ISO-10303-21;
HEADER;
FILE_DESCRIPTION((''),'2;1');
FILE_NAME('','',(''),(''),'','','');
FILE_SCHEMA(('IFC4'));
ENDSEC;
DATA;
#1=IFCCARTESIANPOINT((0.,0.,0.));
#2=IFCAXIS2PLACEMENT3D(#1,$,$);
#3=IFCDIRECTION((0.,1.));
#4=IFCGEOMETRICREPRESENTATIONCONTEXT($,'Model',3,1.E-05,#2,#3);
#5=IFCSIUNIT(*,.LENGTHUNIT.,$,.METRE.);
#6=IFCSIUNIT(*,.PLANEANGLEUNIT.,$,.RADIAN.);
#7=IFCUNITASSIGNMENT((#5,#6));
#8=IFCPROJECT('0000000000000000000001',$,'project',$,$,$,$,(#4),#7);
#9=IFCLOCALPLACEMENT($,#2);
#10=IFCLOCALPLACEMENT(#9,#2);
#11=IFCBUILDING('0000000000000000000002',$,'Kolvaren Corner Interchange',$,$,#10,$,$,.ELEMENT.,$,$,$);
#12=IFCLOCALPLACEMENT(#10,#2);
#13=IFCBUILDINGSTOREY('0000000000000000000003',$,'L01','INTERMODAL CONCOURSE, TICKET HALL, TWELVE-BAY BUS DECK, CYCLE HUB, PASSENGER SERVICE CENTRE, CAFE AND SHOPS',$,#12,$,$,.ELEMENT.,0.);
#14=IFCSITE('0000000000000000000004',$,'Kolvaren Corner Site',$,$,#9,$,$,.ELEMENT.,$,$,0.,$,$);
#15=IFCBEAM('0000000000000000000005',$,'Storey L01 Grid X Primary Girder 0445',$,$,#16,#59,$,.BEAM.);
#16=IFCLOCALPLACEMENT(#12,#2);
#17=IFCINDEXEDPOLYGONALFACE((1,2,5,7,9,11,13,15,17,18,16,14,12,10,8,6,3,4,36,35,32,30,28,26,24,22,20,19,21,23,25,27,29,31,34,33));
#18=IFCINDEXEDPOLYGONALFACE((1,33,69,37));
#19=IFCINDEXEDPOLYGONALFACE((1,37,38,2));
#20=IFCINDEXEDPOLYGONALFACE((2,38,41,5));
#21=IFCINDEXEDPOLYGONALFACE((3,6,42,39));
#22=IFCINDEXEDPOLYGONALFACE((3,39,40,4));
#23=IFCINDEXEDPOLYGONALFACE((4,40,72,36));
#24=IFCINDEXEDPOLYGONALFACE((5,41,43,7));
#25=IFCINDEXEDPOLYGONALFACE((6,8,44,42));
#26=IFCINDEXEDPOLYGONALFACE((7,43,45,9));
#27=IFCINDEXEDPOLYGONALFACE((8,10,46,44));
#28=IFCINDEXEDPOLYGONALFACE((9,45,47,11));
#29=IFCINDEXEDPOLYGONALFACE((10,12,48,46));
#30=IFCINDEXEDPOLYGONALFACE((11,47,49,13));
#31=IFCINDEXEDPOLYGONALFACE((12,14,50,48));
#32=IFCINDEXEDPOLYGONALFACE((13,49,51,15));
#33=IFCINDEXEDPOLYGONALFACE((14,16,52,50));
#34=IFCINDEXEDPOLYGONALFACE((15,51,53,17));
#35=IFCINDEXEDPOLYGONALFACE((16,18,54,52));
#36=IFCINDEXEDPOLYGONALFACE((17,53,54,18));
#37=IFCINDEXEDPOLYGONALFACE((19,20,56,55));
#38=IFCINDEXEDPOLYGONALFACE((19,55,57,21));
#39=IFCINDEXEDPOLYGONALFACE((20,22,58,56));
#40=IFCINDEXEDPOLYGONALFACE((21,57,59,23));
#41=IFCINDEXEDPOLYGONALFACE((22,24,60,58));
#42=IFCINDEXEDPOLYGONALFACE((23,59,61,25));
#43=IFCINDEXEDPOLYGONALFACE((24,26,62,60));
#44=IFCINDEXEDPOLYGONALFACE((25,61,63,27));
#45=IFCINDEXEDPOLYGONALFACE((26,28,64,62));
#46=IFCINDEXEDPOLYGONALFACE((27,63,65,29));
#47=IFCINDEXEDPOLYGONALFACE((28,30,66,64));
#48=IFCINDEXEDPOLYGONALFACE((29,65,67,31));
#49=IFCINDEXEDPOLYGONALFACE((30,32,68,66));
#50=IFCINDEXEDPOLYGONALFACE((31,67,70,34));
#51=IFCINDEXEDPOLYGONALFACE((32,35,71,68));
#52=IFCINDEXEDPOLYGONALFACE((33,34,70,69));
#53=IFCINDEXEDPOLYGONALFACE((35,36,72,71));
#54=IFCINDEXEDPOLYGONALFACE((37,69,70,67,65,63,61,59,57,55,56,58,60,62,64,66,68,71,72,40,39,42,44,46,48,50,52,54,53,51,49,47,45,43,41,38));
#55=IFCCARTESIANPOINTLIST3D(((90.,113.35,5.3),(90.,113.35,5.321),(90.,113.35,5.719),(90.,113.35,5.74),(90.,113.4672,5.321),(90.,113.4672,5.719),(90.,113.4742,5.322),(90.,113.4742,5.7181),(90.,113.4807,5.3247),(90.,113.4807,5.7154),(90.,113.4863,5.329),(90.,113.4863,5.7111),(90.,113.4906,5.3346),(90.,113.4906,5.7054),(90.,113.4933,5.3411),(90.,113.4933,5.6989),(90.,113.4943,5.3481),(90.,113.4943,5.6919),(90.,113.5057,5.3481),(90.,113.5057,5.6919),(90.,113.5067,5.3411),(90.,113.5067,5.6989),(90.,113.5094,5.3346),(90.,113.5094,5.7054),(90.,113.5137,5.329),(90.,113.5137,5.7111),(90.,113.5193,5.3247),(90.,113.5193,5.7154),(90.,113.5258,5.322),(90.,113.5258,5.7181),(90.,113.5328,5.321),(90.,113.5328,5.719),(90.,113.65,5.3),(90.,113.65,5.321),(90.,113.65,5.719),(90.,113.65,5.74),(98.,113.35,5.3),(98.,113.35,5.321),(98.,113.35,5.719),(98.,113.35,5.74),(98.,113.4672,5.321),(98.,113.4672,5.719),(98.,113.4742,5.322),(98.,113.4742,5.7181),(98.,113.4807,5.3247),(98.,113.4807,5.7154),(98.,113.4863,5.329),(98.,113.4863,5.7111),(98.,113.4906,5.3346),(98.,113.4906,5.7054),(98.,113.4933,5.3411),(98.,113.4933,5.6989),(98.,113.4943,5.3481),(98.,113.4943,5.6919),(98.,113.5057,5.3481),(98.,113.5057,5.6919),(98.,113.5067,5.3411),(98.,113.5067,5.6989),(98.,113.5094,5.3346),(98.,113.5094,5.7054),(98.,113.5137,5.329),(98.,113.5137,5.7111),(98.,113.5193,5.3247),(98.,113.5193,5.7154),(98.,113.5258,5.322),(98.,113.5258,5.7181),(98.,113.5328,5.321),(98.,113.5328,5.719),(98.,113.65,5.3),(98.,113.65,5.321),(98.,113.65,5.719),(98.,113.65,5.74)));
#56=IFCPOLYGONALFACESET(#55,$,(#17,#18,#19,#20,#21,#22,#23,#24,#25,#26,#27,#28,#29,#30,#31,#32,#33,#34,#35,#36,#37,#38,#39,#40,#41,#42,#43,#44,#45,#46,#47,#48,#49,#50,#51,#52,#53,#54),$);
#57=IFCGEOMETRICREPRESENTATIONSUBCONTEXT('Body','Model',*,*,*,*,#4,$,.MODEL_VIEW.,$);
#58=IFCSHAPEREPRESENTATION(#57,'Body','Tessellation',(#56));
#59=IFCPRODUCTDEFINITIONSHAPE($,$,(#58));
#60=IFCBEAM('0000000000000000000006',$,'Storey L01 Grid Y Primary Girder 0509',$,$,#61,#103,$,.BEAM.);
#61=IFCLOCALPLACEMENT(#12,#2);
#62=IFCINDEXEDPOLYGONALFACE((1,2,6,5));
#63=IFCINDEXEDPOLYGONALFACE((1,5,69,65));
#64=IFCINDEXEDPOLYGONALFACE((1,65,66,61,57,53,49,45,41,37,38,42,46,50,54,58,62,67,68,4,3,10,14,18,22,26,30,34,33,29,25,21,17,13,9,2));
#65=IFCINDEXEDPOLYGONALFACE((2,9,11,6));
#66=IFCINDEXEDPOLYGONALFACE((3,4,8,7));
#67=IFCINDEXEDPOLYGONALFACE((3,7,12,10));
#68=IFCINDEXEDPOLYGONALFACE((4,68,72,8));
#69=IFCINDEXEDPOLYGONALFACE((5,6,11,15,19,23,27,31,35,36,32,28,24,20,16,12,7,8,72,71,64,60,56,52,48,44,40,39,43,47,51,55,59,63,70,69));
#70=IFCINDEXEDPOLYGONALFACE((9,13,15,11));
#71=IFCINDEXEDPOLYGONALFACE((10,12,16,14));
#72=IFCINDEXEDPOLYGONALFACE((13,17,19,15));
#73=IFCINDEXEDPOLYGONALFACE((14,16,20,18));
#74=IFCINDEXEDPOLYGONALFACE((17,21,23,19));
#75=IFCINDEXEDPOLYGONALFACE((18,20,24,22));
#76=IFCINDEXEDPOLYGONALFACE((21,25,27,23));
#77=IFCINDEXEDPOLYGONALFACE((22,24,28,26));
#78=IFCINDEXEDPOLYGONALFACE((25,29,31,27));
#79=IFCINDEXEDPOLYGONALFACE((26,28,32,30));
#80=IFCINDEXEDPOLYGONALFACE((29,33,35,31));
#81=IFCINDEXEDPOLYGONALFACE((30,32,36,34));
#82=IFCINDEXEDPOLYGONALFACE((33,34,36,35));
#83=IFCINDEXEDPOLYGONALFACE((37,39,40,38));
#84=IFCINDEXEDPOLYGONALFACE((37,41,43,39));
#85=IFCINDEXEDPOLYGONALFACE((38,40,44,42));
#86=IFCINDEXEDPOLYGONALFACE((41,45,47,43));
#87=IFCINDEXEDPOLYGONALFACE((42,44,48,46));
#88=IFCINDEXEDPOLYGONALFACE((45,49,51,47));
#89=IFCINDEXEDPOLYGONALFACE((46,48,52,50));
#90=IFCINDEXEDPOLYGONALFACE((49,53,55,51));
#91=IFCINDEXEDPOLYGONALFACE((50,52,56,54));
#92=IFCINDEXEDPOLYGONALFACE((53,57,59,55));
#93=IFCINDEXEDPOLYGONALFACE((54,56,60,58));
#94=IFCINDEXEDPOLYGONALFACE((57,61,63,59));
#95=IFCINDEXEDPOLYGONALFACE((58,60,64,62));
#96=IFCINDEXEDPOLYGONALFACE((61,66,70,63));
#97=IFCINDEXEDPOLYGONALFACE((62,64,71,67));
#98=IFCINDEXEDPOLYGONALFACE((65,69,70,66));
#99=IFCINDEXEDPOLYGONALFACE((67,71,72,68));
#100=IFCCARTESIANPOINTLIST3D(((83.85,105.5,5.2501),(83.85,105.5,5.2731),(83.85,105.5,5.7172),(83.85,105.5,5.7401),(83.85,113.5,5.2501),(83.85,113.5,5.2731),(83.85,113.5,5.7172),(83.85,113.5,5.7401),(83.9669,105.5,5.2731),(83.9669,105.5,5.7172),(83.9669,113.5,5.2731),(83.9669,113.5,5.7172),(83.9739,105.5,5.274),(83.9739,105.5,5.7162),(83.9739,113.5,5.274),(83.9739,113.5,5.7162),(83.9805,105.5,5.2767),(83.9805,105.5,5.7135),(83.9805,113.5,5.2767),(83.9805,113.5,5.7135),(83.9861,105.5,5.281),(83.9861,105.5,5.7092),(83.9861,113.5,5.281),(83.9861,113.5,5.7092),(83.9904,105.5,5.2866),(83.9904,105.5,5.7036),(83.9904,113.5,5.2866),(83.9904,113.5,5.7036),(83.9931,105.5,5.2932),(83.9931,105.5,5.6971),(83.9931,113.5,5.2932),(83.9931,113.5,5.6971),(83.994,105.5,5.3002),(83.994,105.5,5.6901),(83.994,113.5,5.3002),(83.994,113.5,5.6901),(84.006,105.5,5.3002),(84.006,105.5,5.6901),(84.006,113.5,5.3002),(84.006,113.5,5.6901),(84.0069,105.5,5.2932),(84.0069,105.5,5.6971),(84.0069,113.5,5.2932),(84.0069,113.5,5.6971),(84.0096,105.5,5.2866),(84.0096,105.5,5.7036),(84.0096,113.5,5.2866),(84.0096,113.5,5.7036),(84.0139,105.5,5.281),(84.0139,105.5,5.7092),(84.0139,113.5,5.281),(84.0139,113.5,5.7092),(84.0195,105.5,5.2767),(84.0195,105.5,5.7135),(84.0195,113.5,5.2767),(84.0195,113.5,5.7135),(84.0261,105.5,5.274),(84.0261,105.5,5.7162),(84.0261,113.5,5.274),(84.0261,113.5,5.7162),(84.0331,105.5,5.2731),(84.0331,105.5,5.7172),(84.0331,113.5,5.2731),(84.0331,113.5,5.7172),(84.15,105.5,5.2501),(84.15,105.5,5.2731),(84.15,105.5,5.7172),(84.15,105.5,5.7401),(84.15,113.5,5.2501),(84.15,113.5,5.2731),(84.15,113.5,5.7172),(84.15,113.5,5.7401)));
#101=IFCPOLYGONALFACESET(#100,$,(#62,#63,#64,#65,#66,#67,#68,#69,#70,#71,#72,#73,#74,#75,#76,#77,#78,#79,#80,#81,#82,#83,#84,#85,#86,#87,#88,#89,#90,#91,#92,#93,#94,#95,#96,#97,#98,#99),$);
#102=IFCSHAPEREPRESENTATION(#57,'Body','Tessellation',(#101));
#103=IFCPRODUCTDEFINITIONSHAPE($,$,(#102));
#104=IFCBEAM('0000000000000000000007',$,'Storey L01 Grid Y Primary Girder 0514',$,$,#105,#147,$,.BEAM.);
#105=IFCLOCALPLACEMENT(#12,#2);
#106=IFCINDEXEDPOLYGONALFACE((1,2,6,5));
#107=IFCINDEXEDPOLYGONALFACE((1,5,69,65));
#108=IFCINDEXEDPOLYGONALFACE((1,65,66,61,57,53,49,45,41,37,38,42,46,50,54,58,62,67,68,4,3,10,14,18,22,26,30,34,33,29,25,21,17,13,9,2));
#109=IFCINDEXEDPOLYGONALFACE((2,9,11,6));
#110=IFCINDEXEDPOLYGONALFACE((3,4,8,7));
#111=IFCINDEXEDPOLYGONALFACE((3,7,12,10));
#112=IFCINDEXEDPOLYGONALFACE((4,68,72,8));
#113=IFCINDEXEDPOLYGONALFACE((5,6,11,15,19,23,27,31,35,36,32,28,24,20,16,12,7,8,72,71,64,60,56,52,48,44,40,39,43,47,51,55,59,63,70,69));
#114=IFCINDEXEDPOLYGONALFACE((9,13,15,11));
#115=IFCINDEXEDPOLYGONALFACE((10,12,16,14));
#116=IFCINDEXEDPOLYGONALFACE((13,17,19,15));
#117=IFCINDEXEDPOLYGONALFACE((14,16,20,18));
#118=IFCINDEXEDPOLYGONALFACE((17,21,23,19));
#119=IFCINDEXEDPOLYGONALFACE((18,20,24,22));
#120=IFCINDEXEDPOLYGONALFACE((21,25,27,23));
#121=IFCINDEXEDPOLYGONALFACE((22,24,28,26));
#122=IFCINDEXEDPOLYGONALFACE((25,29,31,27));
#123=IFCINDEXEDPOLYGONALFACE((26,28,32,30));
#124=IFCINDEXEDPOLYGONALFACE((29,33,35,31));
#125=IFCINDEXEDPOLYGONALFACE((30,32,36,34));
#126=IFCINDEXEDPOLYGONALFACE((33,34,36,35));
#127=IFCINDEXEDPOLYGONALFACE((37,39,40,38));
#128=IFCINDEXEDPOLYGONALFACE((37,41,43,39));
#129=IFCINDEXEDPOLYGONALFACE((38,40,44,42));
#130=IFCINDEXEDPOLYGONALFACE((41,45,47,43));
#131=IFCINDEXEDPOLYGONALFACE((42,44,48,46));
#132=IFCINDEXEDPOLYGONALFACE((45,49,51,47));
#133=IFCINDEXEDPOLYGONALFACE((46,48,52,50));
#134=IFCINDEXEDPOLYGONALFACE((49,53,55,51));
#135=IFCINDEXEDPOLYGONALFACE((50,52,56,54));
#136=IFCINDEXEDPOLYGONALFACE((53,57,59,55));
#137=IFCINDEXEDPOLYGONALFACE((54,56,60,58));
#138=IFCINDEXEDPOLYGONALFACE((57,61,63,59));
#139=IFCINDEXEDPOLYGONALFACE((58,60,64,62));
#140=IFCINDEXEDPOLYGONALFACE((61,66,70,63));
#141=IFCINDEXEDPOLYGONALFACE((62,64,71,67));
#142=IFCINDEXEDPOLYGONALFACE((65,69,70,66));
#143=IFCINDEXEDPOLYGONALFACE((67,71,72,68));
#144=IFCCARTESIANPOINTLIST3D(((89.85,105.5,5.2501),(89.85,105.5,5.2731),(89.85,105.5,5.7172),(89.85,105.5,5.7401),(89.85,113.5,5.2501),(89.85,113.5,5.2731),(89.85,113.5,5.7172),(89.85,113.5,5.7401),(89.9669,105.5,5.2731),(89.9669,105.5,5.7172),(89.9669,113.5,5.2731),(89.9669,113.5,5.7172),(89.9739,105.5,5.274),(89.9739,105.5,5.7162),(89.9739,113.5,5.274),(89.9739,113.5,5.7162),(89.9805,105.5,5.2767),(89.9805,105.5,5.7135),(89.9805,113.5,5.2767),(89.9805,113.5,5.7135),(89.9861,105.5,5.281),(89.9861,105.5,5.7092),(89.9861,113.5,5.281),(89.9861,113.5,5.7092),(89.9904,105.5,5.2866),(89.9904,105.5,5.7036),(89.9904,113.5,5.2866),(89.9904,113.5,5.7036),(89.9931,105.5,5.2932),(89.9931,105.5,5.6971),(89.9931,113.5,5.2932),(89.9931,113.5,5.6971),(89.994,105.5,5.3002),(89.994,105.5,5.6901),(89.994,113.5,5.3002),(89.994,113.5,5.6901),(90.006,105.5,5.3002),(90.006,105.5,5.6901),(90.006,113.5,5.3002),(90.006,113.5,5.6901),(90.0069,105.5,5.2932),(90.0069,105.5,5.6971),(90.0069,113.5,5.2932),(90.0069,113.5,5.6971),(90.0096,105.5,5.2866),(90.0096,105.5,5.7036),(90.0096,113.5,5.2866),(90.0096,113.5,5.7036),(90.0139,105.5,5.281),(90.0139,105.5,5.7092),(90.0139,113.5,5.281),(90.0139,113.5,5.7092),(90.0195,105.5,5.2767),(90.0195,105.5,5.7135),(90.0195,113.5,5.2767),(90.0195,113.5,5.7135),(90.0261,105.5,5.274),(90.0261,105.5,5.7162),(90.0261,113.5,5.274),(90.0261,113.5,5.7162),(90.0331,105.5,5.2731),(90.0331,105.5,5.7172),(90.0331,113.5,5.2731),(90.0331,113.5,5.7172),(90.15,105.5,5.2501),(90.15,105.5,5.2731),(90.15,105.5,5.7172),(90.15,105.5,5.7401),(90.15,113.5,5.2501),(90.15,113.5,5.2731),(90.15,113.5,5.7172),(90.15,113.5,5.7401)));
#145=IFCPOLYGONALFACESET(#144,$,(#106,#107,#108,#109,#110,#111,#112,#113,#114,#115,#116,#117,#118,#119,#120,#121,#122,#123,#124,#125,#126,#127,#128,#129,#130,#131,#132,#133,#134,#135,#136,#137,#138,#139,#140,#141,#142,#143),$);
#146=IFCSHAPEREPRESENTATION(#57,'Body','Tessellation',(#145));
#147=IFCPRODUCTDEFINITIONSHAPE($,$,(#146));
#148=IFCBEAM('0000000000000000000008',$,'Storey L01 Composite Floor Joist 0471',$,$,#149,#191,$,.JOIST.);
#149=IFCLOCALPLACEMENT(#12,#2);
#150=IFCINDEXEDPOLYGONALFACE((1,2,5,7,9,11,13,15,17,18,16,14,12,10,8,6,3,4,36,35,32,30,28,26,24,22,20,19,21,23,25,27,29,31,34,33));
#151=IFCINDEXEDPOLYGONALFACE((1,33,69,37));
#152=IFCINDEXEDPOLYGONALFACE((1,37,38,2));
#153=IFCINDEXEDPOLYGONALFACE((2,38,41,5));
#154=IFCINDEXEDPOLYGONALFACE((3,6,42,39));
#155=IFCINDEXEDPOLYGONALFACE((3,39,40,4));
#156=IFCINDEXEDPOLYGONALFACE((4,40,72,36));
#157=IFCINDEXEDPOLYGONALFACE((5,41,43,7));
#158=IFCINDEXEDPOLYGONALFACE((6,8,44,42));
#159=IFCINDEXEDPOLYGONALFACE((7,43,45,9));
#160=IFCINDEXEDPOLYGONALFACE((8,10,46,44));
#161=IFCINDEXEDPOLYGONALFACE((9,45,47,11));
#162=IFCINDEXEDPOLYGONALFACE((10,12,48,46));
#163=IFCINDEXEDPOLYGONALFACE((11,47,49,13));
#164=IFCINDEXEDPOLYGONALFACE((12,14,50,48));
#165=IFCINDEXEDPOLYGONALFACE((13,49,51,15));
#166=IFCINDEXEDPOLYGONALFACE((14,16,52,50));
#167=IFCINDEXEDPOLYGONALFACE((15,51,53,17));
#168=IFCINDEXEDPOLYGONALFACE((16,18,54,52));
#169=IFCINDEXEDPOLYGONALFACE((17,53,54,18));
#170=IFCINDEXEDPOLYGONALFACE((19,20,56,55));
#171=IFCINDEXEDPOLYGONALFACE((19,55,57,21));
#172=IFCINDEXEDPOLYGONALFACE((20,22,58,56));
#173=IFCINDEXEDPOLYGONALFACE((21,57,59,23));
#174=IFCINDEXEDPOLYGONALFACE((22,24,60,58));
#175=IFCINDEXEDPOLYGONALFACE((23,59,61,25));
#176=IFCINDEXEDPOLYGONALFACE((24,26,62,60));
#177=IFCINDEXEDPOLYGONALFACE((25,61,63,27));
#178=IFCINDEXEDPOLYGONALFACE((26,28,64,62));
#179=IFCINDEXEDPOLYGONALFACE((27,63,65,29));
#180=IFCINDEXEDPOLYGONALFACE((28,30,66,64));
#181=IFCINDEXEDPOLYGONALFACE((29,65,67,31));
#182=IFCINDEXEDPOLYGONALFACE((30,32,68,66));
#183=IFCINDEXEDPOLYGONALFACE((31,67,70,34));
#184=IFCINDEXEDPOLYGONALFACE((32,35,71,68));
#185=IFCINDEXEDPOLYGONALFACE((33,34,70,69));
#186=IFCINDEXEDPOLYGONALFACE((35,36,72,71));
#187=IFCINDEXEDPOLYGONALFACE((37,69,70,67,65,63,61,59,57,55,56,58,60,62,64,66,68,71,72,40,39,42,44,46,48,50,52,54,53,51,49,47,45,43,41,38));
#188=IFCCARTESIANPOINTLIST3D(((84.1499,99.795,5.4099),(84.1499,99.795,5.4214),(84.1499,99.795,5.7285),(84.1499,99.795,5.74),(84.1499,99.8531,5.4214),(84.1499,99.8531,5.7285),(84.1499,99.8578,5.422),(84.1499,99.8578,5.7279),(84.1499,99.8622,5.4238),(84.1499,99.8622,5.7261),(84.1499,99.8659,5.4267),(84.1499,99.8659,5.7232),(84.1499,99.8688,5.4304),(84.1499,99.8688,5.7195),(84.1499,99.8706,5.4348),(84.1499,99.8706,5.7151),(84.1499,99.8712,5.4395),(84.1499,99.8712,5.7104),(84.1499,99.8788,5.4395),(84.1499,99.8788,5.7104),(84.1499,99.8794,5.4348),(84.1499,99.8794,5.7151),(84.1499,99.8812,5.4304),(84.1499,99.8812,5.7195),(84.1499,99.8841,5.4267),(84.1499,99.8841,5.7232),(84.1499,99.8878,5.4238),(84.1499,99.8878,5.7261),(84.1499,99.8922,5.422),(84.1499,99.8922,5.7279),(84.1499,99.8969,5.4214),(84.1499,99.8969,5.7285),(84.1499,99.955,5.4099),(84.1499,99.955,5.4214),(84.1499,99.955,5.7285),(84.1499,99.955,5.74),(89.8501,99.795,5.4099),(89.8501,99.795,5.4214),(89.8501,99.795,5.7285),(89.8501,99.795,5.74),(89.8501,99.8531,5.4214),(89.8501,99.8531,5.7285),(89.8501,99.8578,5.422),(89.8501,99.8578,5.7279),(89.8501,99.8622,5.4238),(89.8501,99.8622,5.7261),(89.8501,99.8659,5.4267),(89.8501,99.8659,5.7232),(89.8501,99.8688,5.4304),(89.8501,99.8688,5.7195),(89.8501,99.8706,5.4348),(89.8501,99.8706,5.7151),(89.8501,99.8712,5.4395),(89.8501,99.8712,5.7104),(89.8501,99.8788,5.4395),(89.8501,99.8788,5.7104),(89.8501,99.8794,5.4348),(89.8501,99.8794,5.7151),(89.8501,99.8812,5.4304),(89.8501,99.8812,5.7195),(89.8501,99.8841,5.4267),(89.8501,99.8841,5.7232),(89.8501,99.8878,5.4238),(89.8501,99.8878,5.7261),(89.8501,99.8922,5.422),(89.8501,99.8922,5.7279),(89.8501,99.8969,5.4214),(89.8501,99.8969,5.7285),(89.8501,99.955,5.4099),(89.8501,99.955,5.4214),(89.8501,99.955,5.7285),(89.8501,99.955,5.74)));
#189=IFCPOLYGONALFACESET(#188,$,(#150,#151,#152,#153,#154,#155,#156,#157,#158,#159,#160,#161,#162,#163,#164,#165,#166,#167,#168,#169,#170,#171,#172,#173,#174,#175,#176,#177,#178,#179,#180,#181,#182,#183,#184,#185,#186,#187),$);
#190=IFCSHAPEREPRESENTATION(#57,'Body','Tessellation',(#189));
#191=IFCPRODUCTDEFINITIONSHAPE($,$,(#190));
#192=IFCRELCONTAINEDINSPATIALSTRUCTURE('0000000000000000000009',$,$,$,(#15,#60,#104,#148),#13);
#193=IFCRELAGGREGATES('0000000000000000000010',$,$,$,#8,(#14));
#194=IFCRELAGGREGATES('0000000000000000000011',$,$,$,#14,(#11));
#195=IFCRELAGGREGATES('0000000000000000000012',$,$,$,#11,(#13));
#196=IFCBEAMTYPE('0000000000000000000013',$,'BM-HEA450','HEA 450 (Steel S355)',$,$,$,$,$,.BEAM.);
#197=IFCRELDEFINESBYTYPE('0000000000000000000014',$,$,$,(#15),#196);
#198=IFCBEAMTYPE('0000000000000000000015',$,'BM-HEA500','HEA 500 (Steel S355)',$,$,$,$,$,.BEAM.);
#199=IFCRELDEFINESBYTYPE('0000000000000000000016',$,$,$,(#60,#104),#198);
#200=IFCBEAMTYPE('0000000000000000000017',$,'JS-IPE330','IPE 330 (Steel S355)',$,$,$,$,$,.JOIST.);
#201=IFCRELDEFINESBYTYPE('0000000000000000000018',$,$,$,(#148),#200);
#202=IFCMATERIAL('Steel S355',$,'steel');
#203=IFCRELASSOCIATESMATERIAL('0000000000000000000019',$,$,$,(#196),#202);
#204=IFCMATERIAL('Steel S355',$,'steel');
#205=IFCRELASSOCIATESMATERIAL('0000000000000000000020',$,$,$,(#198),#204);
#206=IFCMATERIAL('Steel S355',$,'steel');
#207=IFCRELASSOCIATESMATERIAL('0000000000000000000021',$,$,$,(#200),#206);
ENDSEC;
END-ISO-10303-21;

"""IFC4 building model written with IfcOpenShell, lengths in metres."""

from ifc_helpers import new_model, si_unit, direction, frame, origin, origin_2d, place, context, subcontext, project, spatial, i_section, extrude, material, material_profile, profile_set, type_object, element, save


model = new_model("IFC4")

# Units and contexts
model_context = context("Model", 3, precision=1e-05, world=origin(), true_north=direction((0.0, 1.0)))
body_context = subcontext(model_context, "Body", "Model", "MODEL_VIEW")
ifc_project = project(units=[si_unit("LENGTHUNIT", "METRE"), si_unit("PLANEANGLEUNIT", "RADIAN")], contexts=[model_context])

# Site, building, storey
site_placement = place(None, origin())
site = spatial("IfcSite", under=ifc_project, at=site_placement, Name="Kolvaren Corner Site", CompositionType="ELEMENT", RefElevation=0.0)
building_placement = place(site_placement, origin())
building = spatial("IfcBuilding", under=site, at=building_placement, Name="Kolvaren Corner Interchange", CompositionType="ELEMENT")
storey_placement = place(building_placement, origin())
storey = spatial("IfcBuildingStorey", under=building, at=storey_placement, Name="L01", Description="INTERMODAL CONCOURSE, TICKET HALL, TWELVE-BAY BUS DECK, CYCLE HUB, PASSENGER SERVICE CENTRE, CAFE AND SHOPS", CompositionType="ELEMENT", Elevation=0.0)

# Beams
ifc_material_1 = material(Name="Steel S355", Category="steel")
ifc_material_profile_1 = material_profile(ifc_material_1, i_section(OverallWidth=0.3, OverallDepth=0.4399, WebThickness=0.0115, FlangeThickness=0.021, FilletRadius=0.0271, at=origin_2d()), Name="HEA 450")
ifc_profile_set_1 = profile_set([ifc_material_profile_1], Name="Steel S355")
beam_type_1 = type_object("IfcBeamType", Name="BM-HEA450", Description="HEA 450 (Steel S355)", PredefinedType="BEAM", material=ifc_profile_set_1)
for number, where, z_axis, x_axis, name in (
    (1, (90.0, 113.5, 5.52), (1.0, 0.0, 0.0), (0.0, 1.0, 0.0), "Storey L01 Grid X Primary Girder 0445"),
):
    element("IfcBeam", number, at=place(storey_placement, frame(where, z_axis=z_axis, x_axis=x_axis)), inside=storey, type_object=beam_type_1, Name=name, PredefinedType="BEAM", context=body_context, shape_type="SweptSolid", body=[
        extrude(i_section(OverallWidth=0.3, OverallDepth=0.4399, WebThickness=0.0115, FlangeThickness=0.021, FilletRadius=0.0271, at=origin_2d()), origin(), (0.0, 0.0, 1.0), 8.0),
    ])
ifc_material_2 = material(Name="Steel S355", Category="steel")
ifc_material_profile_2 = material_profile(ifc_material_2, i_section(OverallWidth=0.3, OverallDepth=0.49, WebThickness=0.012, FlangeThickness=0.0229, FilletRadius=0.0271, at=origin_2d()), Name="HEA 500")
ifc_profile_set_2 = profile_set([ifc_material_profile_2], Name="Steel S355")
beam_type_2 = type_object("IfcBeamType", Name="BM-HEA500", Description="HEA 500 (Steel S355)", PredefinedType="BEAM", material=ifc_profile_set_2)
for number, where, z_axis, x_axis, name in (
    (2, (84.0, 105.5, 5.4951), (0.0, 1.0, 0.0), (-1.0, 0.0, 0.0), "Storey L01 Grid Y Primary Girder 0509"),
    (3, (90.0, 105.5, 5.4951), (0.0, 1.0, 0.0), (-1.0, 0.0, 0.0), "Storey L01 Grid Y Primary Girder 0514"),
):
    element("IfcBeam", number, at=place(storey_placement, frame(where, z_axis=z_axis, x_axis=x_axis)), inside=storey, type_object=beam_type_2, Name=name, PredefinedType="BEAM", context=body_context, shape_type="SweptSolid", body=[
        extrude(i_section(OverallWidth=0.3, OverallDepth=0.49, WebThickness=0.012, FlangeThickness=0.0229, FilletRadius=0.0271, at=origin_2d()), origin(), (0.0, 0.0, 1.0), 8.0),
    ])
ifc_material_3 = material(Name="Steel S355", Category="steel")
ifc_material_profile_3 = material_profile(ifc_material_3, i_section(OverallWidth=0.1599, OverallDepth=0.3301, WebThickness=0.0076, FlangeThickness=0.0115, FilletRadius=0.0181, at=origin_2d()), Name="IPE 330")
ifc_profile_set_3 = profile_set([ifc_material_profile_3], Name="Steel S355")
beam_type_3 = type_object("IfcBeamType", Name="JS-IPE330", Description="IPE 330 (Steel S355)", PredefinedType="JOIST", material=ifc_profile_set_3)
for number, where, z_axis, x_axis, name in (
    (4, (84.1499, 99.875, 5.575), (1.0, 0.0, 0.0), (0.0, 1.0, 0.0), "Storey L01 Composite Floor Joist 0471"),
):
    element("IfcBeam", number, at=place(storey_placement, frame(where, z_axis=z_axis, x_axis=x_axis)), inside=storey, type_object=beam_type_3, Name=name, PredefinedType="JOIST", context=body_context, shape_type="SweptSolid", body=[
        extrude(i_section(OverallWidth=0.1599, OverallDepth=0.3301, WebThickness=0.0076, FlangeThickness=0.0115, FilletRadius=0.0181, at=origin_2d()), origin(), (0.0, 0.0, 1.0), 5.7002),
    ])

save(model, "model.ifc")
